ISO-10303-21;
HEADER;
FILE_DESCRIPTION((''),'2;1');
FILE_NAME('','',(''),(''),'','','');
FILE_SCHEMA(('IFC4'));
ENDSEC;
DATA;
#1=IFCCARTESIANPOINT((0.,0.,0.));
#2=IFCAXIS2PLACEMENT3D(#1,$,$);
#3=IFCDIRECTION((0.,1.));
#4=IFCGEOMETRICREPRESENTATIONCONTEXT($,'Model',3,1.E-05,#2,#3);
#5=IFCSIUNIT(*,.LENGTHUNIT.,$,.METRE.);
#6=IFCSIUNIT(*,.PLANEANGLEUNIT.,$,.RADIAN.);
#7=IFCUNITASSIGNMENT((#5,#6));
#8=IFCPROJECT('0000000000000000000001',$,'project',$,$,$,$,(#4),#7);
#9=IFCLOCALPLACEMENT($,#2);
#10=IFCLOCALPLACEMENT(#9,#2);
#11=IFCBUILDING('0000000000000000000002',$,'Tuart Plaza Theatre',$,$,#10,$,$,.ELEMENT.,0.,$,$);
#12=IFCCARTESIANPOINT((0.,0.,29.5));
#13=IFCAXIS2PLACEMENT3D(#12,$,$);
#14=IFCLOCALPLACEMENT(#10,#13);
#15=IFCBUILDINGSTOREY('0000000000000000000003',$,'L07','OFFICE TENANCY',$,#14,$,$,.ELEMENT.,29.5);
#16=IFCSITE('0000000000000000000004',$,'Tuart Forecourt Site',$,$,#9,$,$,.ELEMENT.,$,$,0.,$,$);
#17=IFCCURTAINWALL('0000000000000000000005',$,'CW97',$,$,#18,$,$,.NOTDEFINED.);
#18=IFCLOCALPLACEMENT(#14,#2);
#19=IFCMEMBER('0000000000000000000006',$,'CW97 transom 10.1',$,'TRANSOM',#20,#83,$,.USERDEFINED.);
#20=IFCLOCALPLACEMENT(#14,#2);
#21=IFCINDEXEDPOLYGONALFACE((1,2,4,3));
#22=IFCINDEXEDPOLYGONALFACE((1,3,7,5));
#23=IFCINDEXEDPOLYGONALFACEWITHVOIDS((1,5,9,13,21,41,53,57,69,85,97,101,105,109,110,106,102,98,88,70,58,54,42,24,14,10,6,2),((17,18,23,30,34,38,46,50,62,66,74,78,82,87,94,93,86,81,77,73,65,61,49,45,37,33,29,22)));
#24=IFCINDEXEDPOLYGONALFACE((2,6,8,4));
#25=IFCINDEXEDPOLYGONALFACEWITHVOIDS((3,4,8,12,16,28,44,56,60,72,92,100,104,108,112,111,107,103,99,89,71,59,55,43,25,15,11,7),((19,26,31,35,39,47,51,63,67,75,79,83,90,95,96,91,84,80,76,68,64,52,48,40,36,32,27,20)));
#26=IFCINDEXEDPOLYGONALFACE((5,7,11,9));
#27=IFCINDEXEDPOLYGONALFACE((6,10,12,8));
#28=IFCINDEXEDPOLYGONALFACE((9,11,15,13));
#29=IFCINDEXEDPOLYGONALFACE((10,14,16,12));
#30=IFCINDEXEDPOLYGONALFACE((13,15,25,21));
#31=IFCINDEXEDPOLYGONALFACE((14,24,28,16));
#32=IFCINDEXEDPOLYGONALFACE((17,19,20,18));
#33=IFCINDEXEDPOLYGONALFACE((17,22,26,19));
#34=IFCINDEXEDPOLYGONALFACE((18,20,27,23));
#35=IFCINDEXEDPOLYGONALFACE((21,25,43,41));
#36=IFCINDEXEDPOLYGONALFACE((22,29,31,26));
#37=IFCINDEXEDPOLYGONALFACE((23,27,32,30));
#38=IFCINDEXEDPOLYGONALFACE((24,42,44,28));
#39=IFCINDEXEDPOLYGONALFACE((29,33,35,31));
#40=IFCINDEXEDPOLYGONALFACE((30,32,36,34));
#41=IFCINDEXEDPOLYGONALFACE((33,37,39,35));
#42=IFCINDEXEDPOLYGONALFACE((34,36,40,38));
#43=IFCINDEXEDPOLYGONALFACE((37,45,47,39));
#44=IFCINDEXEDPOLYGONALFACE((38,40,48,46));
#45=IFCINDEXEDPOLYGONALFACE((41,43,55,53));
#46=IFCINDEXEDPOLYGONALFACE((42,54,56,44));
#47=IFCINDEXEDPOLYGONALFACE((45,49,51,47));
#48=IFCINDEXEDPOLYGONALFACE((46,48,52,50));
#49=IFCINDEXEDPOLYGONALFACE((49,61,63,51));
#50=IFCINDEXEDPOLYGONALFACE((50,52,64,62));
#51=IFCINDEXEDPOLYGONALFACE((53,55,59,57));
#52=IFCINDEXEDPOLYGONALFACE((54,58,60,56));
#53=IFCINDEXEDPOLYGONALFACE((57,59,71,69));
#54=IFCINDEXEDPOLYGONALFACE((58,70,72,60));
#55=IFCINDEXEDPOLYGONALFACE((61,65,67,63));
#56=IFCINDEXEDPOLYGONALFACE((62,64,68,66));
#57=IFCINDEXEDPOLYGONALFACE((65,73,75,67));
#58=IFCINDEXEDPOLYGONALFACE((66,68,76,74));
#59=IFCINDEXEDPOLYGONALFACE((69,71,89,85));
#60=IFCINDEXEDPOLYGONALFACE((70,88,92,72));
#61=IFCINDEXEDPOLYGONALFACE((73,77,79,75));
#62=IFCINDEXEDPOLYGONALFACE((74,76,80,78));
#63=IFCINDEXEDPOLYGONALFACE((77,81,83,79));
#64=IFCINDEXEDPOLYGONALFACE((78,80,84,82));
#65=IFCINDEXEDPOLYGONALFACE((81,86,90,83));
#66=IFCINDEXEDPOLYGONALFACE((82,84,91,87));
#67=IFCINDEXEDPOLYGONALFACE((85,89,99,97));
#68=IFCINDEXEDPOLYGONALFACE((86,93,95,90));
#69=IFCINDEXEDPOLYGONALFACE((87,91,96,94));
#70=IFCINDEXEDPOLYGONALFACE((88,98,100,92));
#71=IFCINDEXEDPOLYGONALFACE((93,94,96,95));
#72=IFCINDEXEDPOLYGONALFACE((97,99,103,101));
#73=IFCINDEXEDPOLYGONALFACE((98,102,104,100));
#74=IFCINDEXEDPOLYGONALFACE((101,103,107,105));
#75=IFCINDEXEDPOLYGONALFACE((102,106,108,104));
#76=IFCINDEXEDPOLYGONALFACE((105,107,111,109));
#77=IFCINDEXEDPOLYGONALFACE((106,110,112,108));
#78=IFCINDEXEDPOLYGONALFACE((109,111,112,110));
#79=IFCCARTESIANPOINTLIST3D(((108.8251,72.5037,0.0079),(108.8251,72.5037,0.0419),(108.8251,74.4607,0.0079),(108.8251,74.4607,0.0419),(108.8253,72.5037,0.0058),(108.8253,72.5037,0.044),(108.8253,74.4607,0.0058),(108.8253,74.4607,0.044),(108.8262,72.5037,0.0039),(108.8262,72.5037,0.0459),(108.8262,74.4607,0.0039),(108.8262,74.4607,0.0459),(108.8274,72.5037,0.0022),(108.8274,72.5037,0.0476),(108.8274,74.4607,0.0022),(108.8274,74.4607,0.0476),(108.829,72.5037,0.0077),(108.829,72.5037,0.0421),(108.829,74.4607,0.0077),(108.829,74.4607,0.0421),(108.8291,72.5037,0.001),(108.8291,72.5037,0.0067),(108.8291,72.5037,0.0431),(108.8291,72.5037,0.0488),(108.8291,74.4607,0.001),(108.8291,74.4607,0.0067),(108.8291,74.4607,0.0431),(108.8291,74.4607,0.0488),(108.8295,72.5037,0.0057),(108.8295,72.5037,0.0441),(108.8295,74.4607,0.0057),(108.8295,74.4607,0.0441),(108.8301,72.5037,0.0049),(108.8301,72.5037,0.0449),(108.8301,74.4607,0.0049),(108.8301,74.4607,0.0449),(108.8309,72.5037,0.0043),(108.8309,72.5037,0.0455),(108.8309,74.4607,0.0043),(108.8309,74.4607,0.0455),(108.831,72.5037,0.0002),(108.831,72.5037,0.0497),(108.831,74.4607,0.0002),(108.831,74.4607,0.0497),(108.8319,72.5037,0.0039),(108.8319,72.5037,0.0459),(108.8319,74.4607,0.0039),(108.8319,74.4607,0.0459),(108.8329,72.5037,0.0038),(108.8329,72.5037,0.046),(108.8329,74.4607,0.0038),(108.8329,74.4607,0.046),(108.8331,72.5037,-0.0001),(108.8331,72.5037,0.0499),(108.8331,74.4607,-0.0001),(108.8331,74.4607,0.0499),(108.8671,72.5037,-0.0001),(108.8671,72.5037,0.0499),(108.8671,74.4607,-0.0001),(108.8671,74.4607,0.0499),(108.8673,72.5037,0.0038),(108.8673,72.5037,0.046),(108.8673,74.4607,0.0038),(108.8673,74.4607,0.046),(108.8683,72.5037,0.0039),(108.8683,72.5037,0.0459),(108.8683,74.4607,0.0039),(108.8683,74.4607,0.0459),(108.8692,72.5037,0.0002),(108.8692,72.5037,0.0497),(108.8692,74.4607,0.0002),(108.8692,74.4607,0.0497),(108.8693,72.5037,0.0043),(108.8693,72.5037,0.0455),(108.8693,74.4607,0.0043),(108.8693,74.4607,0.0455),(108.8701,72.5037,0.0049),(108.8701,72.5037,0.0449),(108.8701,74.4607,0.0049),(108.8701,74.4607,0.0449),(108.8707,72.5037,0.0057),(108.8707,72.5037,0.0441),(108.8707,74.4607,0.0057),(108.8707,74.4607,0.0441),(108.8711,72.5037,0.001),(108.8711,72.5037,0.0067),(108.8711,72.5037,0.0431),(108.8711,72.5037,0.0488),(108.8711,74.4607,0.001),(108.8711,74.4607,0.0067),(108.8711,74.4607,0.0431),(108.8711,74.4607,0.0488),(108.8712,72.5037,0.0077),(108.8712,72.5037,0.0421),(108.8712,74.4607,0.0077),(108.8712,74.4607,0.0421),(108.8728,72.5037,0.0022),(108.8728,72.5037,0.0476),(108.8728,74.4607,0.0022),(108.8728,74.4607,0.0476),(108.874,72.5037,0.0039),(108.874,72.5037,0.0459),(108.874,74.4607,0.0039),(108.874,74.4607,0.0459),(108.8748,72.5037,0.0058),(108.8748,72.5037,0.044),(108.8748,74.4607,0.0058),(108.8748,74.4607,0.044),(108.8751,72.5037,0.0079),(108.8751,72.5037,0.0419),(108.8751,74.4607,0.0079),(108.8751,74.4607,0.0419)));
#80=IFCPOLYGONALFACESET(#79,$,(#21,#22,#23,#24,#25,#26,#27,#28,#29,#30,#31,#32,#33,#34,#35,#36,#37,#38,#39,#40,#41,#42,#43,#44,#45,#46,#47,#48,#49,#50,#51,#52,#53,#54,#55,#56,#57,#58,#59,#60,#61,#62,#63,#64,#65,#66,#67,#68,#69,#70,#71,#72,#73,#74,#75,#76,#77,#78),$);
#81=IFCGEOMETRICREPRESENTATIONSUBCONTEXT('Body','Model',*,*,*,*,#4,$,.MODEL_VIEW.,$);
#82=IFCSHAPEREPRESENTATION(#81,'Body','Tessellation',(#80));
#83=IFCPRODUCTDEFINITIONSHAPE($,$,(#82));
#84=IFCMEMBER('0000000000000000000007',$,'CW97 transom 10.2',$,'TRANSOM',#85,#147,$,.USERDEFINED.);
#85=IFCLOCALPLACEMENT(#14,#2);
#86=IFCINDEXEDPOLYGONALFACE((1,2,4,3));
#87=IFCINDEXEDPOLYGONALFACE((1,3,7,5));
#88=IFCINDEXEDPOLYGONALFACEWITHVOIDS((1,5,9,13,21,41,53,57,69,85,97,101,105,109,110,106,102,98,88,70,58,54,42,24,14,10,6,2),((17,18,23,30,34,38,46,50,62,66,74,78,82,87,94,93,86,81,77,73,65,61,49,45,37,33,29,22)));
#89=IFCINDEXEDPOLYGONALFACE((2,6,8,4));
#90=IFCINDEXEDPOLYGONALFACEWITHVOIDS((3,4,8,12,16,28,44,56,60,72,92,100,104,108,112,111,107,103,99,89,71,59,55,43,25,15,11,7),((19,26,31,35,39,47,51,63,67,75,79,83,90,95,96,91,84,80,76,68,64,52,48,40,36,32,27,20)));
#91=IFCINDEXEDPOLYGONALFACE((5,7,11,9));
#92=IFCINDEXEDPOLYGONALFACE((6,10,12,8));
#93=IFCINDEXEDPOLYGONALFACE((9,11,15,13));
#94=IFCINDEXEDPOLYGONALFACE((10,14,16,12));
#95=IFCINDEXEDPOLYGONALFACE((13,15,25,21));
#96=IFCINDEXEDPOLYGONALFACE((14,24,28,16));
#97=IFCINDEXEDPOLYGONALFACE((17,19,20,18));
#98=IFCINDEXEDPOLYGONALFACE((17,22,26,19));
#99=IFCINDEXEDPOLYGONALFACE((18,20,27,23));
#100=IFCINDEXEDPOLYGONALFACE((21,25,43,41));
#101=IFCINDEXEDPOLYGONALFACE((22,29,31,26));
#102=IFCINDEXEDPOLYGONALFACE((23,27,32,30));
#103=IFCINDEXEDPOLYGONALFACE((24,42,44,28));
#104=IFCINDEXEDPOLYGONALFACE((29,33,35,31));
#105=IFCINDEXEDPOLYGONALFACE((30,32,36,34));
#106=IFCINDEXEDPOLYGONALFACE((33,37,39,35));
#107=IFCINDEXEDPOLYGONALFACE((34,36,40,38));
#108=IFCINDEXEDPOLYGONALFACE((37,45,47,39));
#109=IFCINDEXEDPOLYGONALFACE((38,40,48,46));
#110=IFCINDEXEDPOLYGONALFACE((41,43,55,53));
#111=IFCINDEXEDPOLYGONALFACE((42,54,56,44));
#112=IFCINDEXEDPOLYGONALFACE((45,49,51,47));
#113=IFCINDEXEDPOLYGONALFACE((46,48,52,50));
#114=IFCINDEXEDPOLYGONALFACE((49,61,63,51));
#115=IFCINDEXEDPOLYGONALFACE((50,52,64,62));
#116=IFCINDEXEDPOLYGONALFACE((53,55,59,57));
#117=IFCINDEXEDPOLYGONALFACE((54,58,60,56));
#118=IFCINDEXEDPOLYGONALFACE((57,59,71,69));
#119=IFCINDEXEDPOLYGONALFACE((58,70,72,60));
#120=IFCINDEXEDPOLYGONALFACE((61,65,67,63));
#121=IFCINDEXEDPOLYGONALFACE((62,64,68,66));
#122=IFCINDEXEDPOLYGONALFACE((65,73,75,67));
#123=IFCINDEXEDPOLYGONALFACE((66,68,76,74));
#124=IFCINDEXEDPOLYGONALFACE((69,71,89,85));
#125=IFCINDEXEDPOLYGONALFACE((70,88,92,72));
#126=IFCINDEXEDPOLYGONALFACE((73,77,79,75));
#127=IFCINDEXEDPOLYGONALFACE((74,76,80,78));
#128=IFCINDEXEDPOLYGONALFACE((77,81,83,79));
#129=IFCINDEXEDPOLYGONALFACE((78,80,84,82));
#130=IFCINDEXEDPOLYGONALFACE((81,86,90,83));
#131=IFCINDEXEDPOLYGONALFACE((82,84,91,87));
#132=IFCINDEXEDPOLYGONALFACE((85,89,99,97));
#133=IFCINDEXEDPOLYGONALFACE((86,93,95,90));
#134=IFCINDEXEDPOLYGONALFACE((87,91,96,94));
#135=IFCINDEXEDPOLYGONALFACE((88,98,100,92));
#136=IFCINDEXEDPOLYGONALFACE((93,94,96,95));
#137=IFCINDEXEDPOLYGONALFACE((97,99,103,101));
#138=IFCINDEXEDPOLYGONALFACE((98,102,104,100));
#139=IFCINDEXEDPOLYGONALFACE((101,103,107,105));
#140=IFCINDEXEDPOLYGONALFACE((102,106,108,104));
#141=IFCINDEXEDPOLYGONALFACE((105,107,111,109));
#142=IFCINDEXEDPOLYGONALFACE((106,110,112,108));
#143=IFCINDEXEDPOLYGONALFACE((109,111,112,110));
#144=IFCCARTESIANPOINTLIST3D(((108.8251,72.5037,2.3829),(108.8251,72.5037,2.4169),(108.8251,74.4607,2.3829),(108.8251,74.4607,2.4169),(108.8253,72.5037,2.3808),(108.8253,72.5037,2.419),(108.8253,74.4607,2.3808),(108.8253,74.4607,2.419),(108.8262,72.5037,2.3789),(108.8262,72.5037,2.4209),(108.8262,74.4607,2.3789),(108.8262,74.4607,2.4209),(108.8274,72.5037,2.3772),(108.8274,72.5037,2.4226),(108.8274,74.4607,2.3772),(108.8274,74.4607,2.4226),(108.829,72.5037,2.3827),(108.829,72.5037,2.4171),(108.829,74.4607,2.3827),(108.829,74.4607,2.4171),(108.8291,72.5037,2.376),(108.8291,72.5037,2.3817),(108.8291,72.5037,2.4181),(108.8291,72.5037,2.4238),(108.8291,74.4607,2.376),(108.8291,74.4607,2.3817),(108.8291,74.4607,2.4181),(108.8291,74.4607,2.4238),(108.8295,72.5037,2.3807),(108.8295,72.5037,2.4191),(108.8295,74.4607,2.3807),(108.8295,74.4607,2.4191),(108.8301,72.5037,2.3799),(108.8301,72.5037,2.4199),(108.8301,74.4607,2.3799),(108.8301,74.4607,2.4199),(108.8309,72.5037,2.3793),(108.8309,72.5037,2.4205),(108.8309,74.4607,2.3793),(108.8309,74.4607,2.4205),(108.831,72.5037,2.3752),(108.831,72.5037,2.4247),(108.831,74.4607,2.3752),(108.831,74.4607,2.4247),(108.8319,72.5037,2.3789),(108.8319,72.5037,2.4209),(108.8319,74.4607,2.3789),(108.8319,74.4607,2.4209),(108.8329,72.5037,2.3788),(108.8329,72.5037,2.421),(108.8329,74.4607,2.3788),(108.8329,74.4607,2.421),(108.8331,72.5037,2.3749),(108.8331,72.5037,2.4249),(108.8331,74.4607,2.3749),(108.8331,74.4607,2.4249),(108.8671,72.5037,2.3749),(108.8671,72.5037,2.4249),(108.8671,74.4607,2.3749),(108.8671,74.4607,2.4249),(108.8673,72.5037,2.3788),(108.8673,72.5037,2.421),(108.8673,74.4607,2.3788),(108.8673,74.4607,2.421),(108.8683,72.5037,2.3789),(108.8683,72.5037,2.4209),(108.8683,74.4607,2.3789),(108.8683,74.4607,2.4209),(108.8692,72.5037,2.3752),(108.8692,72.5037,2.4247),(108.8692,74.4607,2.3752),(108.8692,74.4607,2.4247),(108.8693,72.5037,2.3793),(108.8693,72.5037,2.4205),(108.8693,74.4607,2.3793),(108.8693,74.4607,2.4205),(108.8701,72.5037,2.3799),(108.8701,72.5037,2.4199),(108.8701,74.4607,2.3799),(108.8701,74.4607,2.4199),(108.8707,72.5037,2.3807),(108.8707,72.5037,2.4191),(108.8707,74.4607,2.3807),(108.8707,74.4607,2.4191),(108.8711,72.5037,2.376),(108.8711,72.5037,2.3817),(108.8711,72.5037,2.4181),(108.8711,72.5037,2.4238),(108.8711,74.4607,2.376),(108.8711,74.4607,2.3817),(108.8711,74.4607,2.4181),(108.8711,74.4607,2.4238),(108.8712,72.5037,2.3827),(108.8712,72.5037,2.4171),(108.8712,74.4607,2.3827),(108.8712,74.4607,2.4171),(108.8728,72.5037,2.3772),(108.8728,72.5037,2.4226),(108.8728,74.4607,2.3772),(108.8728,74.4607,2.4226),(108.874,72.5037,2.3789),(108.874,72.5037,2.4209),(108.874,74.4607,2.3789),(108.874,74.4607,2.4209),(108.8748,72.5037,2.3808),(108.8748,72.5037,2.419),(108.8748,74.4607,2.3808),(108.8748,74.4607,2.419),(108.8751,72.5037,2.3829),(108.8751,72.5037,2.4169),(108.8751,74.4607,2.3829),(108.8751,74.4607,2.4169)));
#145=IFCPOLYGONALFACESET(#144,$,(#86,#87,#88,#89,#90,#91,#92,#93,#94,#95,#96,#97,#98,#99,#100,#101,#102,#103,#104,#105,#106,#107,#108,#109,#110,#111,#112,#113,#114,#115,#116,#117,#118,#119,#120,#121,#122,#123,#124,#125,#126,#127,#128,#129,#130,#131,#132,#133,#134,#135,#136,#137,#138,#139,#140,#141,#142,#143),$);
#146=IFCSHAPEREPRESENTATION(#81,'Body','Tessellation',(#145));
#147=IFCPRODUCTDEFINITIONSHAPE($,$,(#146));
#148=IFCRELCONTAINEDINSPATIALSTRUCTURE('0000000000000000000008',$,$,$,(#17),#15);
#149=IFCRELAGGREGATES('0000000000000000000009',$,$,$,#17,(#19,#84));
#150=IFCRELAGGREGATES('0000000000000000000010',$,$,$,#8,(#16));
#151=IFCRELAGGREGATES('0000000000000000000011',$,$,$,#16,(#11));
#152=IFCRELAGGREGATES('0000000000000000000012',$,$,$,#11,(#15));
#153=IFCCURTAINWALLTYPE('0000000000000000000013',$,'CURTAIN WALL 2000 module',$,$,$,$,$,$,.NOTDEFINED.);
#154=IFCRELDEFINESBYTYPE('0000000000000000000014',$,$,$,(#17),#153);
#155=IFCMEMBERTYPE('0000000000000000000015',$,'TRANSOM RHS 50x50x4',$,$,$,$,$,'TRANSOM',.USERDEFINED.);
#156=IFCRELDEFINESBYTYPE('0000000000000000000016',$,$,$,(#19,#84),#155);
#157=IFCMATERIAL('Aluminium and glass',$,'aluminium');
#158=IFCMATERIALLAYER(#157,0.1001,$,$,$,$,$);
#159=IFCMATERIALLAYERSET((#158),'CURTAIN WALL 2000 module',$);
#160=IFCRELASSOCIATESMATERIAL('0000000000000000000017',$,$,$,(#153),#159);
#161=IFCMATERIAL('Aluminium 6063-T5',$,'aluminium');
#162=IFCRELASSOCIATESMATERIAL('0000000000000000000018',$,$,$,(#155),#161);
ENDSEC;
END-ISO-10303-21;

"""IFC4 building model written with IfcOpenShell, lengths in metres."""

from ifc_helpers import new_model, si_unit, direction, frame, origin, origin_2d, place, context, subcontext, project, spatial, hollow_rectangle, extrude, material, layer, layer_set, material_profile, profile_set, type_object, element, aggregate, save


model = new_model("IFC4")

# Units and contexts
model_context = context("Model", 3, precision=1e-05, world=origin(), true_north=direction((0.0, 1.0)))
body_context = subcontext(model_context, "Body", "Model", "MODEL_VIEW")
ifc_project = project(units=[si_unit("LENGTHUNIT", "METRE"), si_unit("PLANEANGLEUNIT", "RADIAN")], contexts=[model_context])

# Site, building, storey
site_placement = place(None, origin())
site = spatial("IfcSite", under=ifc_project, at=site_placement, Name="Tuart Forecourt Site", CompositionType="ELEMENT", RefElevation=0.0)
building_placement = place(site_placement, origin())
building = spatial("IfcBuilding", under=site, at=building_placement, Name="Tuart Plaza Theatre", CompositionType="ELEMENT", ElevationOfRefHeight=0.0)
storey_placement = place(building_placement, frame((0.0, 0.0, 29.5)))
storey = spatial("IfcBuildingStorey", under=building, at=storey_placement, Name="L07", Description="OFFICE TENANCY", CompositionType="ELEMENT", Elevation=29.5)

# Curtain wall, members
ifc_material_1 = material(Name="Aluminium and glass", Category="aluminium")
ifc_layer_1 = layer(ifc_material_1, 0.1001)
ifc_layer_set_1 = layer_set([ifc_layer_1], Name="CURTAIN WALL 2000 module")
curtain_wall_type = type_object("IfcCurtainWallType", Name="CURTAIN WALL 2000 module", PredefinedType="NOTDEFINED", material=ifc_layer_set_1)
curtain_wall_placement = place(storey_placement, origin())
curtain_wall = element("IfcCurtainWall", 1, at=curtain_wall_placement, inside=storey, type_object=curtain_wall_type, Name="CW97", PredefinedType="NOTDEFINED")
ifc_material_2 = material(Name="Aluminium 6063-T5", Category="aluminium")
ifc_material_profile_1 = material_profile(ifc_material_2, hollow_rectangle(XDim=0.05, YDim=0.05, WallThickness=0.0039, InnerFilletRadius=0.0039, OuterFilletRadius=0.0081, at=origin_2d()), Name="RHS 50x50x4")
ifc_profile_set_1 = profile_set([ifc_material_profile_1], Name="Aluminium 6063-T5")
member_type = type_object("IfcMemberType", Name="TRANSOM RHS 50x50x4", ElementType="TRANSOM", PredefinedType="USERDEFINED", material=ifc_profile_set_1)
member_1_placement = place(storey_placement, frame((108.8501, 74.4607, 0.0249), z_axis=(0.0, -1.0, 0.0), x_axis=(1.0, 0.0, 0.0)))
member_1 = element("IfcMember", 2, at=member_1_placement, type_object=member_type, Name="CW97 transom 10.1", ObjectType="TRANSOM", PredefinedType="USERDEFINED", context=body_context, shape_type="SweptSolid", body=[
    extrude(hollow_rectangle(XDim=0.05, YDim=0.05, WallThickness=0.0039, InnerFilletRadius=0.0039, OuterFilletRadius=0.0081, at=origin_2d()), origin(), (0.0, 0.0, 1.0), 1.957),
])
member_2_placement = place(storey_placement, frame((108.8501, 74.4607, 2.3999), z_axis=(0.0, -1.0, 0.0), x_axis=(1.0, 0.0, 0.0)))
member_2 = element("IfcMember", 3, at=member_2_placement, type_object=member_type, Name="CW97 transom 10.2", ObjectType="TRANSOM", PredefinedType="USERDEFINED", context=body_context, shape_type="SweptSolid", body=[
    extrude(hollow_rectangle(XDim=0.05, YDim=0.05, WallThickness=0.0039, InnerFilletRadius=0.0039, OuterFilletRadius=0.0081, at=origin_2d()), origin(), (0.0, 0.0, 1.0), 1.957),
])
aggregate(curtain_wall, [member_1, member_2])

save(model, "model.ifc")
